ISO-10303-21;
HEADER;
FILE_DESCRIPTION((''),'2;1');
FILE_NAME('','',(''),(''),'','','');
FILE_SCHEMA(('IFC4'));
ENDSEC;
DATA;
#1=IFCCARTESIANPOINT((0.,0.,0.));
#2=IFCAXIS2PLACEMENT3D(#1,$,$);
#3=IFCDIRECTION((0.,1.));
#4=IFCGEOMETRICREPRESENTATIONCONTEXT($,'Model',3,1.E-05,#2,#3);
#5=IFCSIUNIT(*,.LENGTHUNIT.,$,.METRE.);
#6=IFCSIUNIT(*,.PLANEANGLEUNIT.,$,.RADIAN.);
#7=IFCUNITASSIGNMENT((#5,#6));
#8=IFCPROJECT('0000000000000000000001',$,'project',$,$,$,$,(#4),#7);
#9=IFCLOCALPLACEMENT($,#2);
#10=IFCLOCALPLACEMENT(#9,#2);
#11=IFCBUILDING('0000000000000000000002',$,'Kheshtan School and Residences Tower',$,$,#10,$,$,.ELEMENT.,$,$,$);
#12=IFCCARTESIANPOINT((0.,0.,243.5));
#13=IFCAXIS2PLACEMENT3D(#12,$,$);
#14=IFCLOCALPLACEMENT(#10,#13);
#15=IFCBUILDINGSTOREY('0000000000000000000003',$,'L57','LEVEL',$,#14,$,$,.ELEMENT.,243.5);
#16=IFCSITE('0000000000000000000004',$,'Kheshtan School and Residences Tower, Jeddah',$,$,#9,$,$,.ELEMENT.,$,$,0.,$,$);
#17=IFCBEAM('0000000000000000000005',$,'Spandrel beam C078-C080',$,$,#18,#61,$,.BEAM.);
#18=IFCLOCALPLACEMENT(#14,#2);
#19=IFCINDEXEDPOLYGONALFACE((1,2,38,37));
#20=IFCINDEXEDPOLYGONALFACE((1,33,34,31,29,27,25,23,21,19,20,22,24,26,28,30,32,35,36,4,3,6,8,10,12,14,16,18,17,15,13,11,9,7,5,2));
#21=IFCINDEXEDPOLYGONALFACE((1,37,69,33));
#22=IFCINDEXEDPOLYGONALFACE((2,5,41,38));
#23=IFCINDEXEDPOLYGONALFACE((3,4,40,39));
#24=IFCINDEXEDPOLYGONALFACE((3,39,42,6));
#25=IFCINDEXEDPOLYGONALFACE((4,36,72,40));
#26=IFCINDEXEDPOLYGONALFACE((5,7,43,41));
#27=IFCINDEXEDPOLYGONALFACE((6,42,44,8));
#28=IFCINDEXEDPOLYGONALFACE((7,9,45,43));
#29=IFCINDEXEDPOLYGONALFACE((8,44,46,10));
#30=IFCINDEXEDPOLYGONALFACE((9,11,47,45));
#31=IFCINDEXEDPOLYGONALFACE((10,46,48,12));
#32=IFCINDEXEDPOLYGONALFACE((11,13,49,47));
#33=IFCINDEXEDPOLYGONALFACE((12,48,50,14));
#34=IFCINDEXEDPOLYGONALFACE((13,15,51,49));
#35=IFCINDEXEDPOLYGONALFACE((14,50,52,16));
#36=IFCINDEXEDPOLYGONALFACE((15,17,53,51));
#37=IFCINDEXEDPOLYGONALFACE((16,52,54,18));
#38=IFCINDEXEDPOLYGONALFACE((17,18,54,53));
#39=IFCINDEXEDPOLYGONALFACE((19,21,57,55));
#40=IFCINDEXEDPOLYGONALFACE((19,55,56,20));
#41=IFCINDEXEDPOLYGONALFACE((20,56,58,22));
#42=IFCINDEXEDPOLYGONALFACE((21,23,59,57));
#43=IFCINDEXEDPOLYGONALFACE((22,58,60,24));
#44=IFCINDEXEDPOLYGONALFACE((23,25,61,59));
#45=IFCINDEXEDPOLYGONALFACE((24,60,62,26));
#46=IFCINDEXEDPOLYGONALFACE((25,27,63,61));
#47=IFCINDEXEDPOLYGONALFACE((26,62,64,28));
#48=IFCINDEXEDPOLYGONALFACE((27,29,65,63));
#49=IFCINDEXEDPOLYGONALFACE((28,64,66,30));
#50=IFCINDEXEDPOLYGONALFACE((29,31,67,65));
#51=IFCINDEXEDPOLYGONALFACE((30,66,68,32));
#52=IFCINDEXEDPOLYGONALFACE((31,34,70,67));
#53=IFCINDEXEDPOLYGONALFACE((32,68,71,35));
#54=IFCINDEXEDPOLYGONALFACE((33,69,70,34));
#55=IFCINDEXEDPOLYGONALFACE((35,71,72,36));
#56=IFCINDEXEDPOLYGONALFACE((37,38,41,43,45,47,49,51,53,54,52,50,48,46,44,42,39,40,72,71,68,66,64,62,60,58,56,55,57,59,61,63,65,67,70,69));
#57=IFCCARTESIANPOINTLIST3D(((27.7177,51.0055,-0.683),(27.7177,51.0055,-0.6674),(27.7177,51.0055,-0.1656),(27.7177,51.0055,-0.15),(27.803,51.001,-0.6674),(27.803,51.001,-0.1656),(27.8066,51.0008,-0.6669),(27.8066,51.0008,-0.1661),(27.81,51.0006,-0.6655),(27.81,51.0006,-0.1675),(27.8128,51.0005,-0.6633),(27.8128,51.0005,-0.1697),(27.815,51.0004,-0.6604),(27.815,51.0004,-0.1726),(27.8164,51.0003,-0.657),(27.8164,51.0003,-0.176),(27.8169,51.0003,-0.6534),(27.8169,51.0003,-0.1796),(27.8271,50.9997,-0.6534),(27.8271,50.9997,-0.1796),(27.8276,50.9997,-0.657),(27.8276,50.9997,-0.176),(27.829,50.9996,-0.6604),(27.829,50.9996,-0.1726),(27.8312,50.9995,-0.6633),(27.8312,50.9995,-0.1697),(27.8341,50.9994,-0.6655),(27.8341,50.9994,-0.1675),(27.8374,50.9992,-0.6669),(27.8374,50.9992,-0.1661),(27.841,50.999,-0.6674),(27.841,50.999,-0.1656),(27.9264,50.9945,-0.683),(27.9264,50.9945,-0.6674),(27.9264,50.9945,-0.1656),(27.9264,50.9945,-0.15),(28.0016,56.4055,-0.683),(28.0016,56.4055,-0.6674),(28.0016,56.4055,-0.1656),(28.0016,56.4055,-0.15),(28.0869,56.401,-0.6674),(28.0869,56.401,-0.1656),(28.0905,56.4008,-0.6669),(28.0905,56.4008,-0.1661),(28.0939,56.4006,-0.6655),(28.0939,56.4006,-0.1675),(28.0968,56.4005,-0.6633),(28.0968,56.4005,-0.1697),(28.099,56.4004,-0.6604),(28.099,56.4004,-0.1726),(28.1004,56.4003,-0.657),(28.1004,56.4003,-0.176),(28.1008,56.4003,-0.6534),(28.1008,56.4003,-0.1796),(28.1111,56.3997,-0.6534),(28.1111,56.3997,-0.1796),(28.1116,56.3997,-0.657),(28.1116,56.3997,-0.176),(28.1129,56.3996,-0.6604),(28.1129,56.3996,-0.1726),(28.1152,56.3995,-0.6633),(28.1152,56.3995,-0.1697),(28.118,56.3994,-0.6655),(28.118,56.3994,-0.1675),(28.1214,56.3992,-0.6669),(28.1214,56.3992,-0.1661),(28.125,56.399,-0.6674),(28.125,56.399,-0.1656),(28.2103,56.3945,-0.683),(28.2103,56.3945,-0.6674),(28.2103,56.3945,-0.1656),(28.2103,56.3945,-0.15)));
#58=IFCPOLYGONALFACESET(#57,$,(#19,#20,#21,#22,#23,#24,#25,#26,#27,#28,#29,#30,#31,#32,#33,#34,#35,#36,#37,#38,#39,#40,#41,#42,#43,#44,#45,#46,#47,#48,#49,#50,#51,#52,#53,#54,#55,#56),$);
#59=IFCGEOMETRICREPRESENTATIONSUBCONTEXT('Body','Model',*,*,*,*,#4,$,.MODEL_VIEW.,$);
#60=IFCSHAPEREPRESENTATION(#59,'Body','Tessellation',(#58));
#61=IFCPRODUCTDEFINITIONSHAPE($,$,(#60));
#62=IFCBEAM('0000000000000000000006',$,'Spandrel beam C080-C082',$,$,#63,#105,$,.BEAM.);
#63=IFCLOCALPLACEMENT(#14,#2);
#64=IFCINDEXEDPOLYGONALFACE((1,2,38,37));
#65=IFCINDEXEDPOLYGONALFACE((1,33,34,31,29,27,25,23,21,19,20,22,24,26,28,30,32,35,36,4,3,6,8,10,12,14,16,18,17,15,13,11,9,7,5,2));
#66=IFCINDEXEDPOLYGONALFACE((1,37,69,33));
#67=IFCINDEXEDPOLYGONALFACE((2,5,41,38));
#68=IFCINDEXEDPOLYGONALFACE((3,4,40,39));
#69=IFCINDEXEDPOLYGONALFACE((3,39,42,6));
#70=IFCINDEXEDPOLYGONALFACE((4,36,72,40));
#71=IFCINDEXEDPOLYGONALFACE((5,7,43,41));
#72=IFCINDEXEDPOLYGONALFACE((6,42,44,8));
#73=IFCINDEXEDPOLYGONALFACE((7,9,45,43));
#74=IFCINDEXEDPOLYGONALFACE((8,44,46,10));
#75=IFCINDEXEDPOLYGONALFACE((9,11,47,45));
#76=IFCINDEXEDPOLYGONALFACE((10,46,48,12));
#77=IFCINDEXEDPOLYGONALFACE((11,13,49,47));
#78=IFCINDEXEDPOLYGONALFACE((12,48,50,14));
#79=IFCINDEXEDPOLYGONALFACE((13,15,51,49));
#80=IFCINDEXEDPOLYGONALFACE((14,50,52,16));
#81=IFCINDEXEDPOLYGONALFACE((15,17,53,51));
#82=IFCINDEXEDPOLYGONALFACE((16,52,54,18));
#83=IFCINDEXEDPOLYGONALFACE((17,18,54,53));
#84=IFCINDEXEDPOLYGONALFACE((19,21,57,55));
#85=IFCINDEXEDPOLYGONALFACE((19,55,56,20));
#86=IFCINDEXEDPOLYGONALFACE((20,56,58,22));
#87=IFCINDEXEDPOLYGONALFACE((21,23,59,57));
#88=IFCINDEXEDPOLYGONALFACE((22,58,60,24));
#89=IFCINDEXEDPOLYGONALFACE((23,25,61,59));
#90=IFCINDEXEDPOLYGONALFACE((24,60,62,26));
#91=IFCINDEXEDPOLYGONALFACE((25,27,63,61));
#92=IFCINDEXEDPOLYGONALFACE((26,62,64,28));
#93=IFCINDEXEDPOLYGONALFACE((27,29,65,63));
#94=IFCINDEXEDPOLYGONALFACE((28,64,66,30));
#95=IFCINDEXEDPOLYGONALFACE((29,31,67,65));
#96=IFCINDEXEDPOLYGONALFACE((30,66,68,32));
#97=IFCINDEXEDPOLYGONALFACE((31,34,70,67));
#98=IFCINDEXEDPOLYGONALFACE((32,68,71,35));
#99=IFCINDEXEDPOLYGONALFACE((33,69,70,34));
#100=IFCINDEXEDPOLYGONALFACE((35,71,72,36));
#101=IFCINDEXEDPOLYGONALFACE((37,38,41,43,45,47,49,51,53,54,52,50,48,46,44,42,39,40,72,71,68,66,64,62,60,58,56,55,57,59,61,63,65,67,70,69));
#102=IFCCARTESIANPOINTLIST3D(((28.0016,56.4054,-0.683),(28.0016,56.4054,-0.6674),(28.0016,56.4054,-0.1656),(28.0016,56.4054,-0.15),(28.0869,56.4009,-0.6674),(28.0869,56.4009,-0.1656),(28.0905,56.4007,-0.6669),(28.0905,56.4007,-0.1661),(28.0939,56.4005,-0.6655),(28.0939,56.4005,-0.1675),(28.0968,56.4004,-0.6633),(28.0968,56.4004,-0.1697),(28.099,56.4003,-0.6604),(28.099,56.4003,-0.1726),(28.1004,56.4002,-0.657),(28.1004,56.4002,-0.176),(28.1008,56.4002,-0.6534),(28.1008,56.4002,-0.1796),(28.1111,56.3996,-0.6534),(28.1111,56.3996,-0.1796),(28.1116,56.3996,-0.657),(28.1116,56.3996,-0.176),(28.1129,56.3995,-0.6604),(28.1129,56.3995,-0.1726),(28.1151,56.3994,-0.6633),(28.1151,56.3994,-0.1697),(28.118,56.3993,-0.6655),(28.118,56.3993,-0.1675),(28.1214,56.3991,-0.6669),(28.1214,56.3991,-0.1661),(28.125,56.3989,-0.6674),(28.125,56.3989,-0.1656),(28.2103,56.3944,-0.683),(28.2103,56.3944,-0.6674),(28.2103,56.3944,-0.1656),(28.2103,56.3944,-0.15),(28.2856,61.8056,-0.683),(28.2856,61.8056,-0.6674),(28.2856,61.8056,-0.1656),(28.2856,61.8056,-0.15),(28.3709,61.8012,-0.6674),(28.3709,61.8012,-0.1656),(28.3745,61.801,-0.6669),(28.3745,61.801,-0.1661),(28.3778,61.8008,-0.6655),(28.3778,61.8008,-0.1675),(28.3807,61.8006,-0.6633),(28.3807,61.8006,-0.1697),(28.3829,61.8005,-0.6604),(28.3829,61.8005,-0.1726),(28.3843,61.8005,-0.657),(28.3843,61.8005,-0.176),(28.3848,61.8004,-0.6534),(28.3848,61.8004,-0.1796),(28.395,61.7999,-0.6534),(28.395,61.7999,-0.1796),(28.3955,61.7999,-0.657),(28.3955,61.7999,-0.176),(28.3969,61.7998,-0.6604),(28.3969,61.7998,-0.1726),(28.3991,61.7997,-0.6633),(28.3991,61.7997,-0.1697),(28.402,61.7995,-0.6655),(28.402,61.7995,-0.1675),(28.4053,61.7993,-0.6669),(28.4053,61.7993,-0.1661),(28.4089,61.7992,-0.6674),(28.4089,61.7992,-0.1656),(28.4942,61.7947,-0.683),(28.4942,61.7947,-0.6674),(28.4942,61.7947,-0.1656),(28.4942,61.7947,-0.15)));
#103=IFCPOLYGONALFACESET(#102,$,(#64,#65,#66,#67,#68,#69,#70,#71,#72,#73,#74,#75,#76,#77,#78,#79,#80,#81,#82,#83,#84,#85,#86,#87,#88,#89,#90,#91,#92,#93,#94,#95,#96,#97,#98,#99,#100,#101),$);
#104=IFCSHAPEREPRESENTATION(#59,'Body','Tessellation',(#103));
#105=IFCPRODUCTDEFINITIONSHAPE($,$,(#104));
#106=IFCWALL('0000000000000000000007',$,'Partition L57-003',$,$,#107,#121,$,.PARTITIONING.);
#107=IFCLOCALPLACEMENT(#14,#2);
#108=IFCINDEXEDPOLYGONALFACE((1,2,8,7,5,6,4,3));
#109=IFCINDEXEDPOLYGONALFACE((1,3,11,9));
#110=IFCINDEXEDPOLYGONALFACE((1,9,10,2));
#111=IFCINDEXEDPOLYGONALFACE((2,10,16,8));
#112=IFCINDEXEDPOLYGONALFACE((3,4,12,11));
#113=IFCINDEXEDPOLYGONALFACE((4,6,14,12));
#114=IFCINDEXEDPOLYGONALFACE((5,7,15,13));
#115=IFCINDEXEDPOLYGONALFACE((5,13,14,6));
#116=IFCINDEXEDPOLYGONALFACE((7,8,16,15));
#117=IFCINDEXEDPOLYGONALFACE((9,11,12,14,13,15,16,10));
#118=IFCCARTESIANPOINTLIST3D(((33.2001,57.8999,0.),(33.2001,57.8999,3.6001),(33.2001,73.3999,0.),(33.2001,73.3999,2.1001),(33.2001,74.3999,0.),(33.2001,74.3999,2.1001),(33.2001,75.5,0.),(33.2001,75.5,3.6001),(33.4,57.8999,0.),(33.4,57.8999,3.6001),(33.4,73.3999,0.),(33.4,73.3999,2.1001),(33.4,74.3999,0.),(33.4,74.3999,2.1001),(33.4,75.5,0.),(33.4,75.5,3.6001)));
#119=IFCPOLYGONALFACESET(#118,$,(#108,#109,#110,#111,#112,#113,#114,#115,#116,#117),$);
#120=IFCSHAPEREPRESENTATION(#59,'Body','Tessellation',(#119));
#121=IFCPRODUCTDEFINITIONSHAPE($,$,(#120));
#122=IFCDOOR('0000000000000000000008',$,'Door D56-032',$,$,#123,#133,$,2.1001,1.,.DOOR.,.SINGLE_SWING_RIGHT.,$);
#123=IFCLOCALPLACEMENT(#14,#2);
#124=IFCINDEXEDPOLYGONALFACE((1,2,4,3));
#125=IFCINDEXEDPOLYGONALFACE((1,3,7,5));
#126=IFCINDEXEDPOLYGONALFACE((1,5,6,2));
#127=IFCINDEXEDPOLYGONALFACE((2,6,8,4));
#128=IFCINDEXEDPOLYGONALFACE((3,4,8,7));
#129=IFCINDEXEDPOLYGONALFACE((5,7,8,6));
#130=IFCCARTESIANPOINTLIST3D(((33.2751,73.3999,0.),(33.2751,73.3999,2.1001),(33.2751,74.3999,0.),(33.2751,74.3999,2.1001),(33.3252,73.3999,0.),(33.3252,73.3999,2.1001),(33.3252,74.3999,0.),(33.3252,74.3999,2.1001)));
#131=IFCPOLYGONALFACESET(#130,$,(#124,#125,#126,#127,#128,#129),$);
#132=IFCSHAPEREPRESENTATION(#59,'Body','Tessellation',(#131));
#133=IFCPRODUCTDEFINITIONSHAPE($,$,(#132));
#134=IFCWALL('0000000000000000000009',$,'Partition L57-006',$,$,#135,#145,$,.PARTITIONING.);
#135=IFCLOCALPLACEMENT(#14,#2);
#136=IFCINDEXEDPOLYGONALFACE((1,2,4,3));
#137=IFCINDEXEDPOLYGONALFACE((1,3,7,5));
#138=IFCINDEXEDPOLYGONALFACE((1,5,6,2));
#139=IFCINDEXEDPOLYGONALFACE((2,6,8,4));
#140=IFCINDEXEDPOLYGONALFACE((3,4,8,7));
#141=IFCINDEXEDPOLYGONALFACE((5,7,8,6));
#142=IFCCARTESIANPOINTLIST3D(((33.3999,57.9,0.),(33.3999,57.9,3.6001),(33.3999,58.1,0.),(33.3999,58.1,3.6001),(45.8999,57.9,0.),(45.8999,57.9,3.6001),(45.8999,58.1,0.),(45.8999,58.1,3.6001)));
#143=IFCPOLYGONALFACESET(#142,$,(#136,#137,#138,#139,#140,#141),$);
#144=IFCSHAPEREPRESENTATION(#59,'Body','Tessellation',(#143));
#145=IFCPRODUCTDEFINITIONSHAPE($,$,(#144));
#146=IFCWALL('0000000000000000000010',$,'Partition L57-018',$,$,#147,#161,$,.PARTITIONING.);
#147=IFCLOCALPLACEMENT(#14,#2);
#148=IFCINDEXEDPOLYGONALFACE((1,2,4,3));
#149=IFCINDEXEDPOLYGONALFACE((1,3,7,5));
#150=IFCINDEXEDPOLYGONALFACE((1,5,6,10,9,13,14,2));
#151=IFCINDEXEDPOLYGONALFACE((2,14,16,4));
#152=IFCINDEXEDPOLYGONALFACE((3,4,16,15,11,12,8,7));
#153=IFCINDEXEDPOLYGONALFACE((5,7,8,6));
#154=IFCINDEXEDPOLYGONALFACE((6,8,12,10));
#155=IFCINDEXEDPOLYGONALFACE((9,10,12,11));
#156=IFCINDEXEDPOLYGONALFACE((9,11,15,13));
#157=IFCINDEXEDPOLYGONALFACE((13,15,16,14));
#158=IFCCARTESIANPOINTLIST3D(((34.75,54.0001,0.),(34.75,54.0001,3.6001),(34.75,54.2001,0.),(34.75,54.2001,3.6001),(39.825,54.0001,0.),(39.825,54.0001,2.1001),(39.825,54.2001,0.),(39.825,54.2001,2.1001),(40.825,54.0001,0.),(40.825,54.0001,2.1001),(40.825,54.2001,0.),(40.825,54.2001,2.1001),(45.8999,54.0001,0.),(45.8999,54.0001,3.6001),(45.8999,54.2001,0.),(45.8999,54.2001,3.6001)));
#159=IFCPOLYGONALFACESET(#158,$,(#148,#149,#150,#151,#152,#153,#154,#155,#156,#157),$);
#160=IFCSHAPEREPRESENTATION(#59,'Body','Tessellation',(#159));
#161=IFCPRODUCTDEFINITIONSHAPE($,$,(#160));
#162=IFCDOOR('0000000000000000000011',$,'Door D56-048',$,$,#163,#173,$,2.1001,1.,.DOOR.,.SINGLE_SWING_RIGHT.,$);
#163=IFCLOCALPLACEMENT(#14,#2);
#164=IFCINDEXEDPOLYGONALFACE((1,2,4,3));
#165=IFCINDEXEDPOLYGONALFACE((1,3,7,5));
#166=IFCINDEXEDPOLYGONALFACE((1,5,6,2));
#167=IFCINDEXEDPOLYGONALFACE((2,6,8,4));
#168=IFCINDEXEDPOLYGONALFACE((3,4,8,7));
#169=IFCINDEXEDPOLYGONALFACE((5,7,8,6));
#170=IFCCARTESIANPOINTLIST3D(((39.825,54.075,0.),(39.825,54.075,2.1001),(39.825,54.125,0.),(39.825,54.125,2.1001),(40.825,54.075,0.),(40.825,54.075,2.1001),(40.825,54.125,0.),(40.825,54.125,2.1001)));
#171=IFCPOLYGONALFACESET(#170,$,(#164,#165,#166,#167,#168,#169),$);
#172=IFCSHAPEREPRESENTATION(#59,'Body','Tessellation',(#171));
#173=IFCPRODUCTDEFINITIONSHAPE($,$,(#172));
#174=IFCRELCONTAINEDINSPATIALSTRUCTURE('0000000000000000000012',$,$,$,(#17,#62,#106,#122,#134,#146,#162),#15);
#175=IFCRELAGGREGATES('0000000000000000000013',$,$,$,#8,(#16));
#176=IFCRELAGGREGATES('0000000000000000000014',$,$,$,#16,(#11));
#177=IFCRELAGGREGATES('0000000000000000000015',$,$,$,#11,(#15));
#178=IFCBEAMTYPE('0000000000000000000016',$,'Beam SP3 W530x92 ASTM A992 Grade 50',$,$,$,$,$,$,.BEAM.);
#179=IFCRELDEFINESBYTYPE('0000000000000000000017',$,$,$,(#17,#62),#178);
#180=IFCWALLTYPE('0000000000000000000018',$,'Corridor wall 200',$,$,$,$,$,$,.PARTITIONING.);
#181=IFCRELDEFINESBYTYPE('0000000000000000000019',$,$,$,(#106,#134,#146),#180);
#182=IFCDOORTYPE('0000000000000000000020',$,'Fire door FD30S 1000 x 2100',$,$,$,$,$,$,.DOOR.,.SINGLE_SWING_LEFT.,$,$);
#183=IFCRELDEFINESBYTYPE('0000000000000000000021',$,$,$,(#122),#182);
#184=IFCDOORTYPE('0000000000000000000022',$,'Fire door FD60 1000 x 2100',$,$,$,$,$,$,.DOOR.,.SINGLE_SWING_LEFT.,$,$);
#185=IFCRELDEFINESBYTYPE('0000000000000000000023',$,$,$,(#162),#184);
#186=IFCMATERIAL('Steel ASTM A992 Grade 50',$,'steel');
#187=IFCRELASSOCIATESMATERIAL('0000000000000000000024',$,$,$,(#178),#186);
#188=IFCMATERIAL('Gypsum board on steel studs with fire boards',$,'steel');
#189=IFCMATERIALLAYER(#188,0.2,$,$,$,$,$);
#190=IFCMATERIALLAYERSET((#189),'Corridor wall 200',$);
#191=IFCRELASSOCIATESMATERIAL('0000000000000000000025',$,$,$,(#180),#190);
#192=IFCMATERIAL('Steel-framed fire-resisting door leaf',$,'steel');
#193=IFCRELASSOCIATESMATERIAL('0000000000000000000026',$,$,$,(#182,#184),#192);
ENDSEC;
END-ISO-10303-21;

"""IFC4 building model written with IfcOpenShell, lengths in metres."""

from ifc_helpers import new_model, si_unit, direction, frame, frame_2d, origin, origin_2d, place, context, subcontext, project, spatial, rectangle, i_section, extrude, source, transform, mapped, material, layer, layer_set, material_profile, profile_set, type_object, element, fill, save


model = new_model("IFC4")

# Units and contexts
model_context = context("Model", 3, precision=1e-05, world=origin(), true_north=direction((0.0, 1.0)))
body_context = subcontext(model_context, "Body", "Model", "MODEL_VIEW")
ifc_project = project(units=[si_unit("LENGTHUNIT", "METRE"), si_unit("PLANEANGLEUNIT", "RADIAN")], contexts=[model_context])

# Site, building, storey
site_placement = place(None, origin())
site = spatial("IfcSite", under=ifc_project, at=site_placement, Name="Kheshtan School and Residences Tower, Jeddah", CompositionType="ELEMENT", RefElevation=0.0)
building_placement = place(site_placement, origin())
building = spatial("IfcBuilding", under=site, at=building_placement, Name="Kheshtan School and Residences Tower", CompositionType="ELEMENT")
storey_placement = place(building_placement, frame((0.0, 0.0, 243.5)))
storey = spatial("IfcBuildingStorey", under=building, at=storey_placement, Name="L57", Description="LEVEL", CompositionType="ELEMENT", Elevation=243.5)

# Shared definitions
ifc_material_1 = material(Name="Steel ASTM A992 Grade 50", Category="steel")

# Beams
ifc_material_profile_1 = material_profile(ifc_material_1, i_section(OverallWidth=0.209, OverallDepth=0.533, WebThickness=0.0103, FlangeThickness=0.0156, FilletRadius=0.0139, at=origin_2d()), Name="W530x92")
ifc_profile_set_1 = profile_set([ifc_material_profile_1], Name="Steel ASTM A992 Grade 50")
beam_type = type_object("IfcBeamType", Name="Beam SP3 W530x92 ASTM A992 Grade 50", PredefinedType="BEAM", material=ifc_profile_set_1)
for number, where, z_axis, x_axis, name in (
    (1, (27.822, 51.0, -0.4165), (0.052509, 0.99862, 0.0), (-0.99862, 0.052509, 0.0), "Spandrel beam C078-C080"),
):
    element("IfcBeam", number, at=place(storey_placement, frame(where, z_axis=z_axis, x_axis=x_axis)), inside=storey, type_object=beam_type, Name=name, PredefinedType="BEAM", context=body_context, shape_type="SweptSolid", body=[
        extrude(i_section(OverallWidth=0.209, OverallDepth=0.533, WebThickness=0.0103, FlangeThickness=0.0156, FilletRadius=0.0139, at=origin_2d()), origin(), (0.0, 0.0, 1.0), 5.4075),
    ])
beam_placement = place(storey_placement, frame((28.106, 56.3999, -0.4165), z_axis=(0.052507, 0.998621, 0.0), x_axis=(-0.998621, 0.052507, 0.0)))
element("IfcBeam", 2, at=beam_placement, inside=storey, type_object=beam_type, Name="Spandrel beam C080-C082", PredefinedType="BEAM", context=body_context, shape_type="SweptSolid", body=[
    extrude(i_section(OverallWidth=0.209, OverallDepth=0.533, WebThickness=0.0103, FlangeThickness=0.0156, FilletRadius=0.0139, at=origin_2d()), origin(), (0.0, 0.0, 1.0), 5.4077),
])

# Wall, opening, door
ifc_material_2 = material(Name="Gypsum board on steel studs with fire boards", Category="steel")
ifc_layer_1 = layer(ifc_material_2, 0.2)
ifc_layer_set_1 = layer_set([ifc_layer_1], Name="Corridor wall 200")
wall_type_1 = type_object("IfcWallType", Name="Corridor wall 200", PredefinedType="PARTITIONING", material=ifc_layer_set_1)
wall_1_placement = place(storey_placement, frame((33.3, 57.8999, 0.0), z_axis=(0.0, 0.0, 1.0), x_axis=(0.0, 1.0, 0.0)))
wall_1 = element("IfcWall", 3, at=wall_1_placement, inside=storey, type_object=wall_type_1, Name="Partition L57-003", PredefinedType="PARTITIONING", context=body_context, shape_type="SweptSolid", body=[
    extrude(rectangle(XDim=17.6001, YDim=0.2, at=frame_2d((8.8, 0.0))), origin(), (0.0, 0.0, 1.0), 3.6001),
])
opening_1_placement = place(wall_1_placement, frame((15.5, 0.0, 0.0)))
opening_1 = element("IfcOpeningElement", 4, at=opening_1_placement, cuts=wall_1, PredefinedType="OPENING", context=body_context, shape_type="SweptSolid", body=[
    extrude(rectangle(XDim=1.0, YDim=2.1001, at=frame_2d((0.5, 1.05))), frame((0.0, 0.1099, 0.0), z_axis=(0.0, -1.0, 0.0), x_axis=(1.0, 0.0, 0.0)), (0.0, 0.0, 1.0), 0.22),
])
ifc_material_3 = material(Name="Steel-framed fire-resisting door leaf", Category="steel")
door_type_1 = type_object("IfcDoorType", Name="Fire door FD30S 1000 x 2100", OperationType="SINGLE_SWING_LEFT", PredefinedType="DOOR", material=ifc_material_3)
shared_shape_1 = source(origin(), body_context, "Body", "SweptSolid", [
    extrude(rectangle(XDim=1.0, YDim=2.1001, at=frame_2d((0.5, 1.05))), frame((0.0, 0.0249, 0.0), z_axis=(0.0, -1.0, 0.0), x_axis=(1.0, 0.0, 0.0)), (0.0, 0.0, 1.0), 0.05),
])
door_1_placement = place(opening_1_placement, origin())
door_1 = element("IfcDoor", 5, at=door_1_placement, inside=storey, type_object=door_type_1, Name="Door D56-032", OperationType="SINGLE_SWING_RIGHT", OverallHeight=2.1001, OverallWidth=1.0, PredefinedType="DOOR", context=body_context, shape_type="MappedRepresentation", body=[
    mapped(shared_shape_1, transform((0.0, 0.0, 0.0), x_axis=(1.0, 0.0, 0.0), y_axis=(0.0, 1.0, 0.0), z_axis=(0.0, 0.0, 1.0), scale=1.0)),
])
fill(opening_1, door_1)

# Wall
wall_2_placement = place(storey_placement, frame((33.3999, 58.0, 0.0), z_axis=(0.0, 0.0, 1.0), x_axis=(1.0, 0.0, 0.0)))
element("IfcWall", 6, at=wall_2_placement, inside=storey, type_object=wall_type_1, Name="Partition L57-006", PredefinedType="PARTITIONING", context=body_context, shape_type="SweptSolid", body=[
    extrude(rectangle(XDim=12.5, YDim=0.2, at=frame_2d((6.25, 0.0))), origin(), (0.0, 0.0, 1.0), 3.6001),
])

# Wall, opening, door
wall_3_placement = place(storey_placement, frame((34.75, 54.1001, 0.0), z_axis=(0.0, 0.0, 1.0), x_axis=(1.0, 0.0, 0.0)))
wall_3 = element("IfcWall", 7, at=wall_3_placement, inside=storey, type_object=wall_type_1, Name="Partition L57-018", PredefinedType="PARTITIONING", context=body_context, shape_type="SweptSolid", body=[
    extrude(rectangle(XDim=11.1499, YDim=0.2, at=frame_2d((5.575, 0.0))), origin(), (0.0, 0.0, 1.0), 3.6001),
])
opening_2_placement = place(wall_3_placement, frame((5.075, 0.0, 0.0)))
opening_2 = element("IfcOpeningElement", 8, at=opening_2_placement, cuts=wall_3, PredefinedType="OPENING", context=body_context, shape_type="SweptSolid", body=[
    extrude(rectangle(XDim=1.0, YDim=2.1001, at=frame_2d((0.5, 1.05))), frame((0.0, 0.1099, 0.0), z_axis=(0.0, -1.0, 0.0), x_axis=(1.0, 0.0, 0.0)), (0.0, 0.0, 1.0), 0.22),
])
door_type_2 = type_object("IfcDoorType", Name="Fire door FD60 1000 x 2100", OperationType="SINGLE_SWING_LEFT", PredefinedType="DOOR", material=ifc_material_3)
shared_shape_2 = source(origin(), body_context, "Body", "SweptSolid", [
    extrude(rectangle(XDim=1.0, YDim=2.1001, at=frame_2d((0.5, 1.05))), frame((0.0, 0.0249, 0.0), z_axis=(0.0, -1.0, 0.0), x_axis=(1.0, 0.0, 0.0)), (0.0, 0.0, 1.0), 0.05),
])
door_2_placement = place(opening_2_placement, origin())
door_2 = element("IfcDoor", 9, at=door_2_placement, inside=storey, type_object=door_type_2, Name="Door D56-048", OperationType="SINGLE_SWING_RIGHT", OverallHeight=2.1001, OverallWidth=1.0, PredefinedType="DOOR", context=body_context, shape_type="MappedRepresentation", body=[
    mapped(shared_shape_2, transform((0.0, 0.0, 0.0), x_axis=(1.0, 0.0, 0.0), y_axis=(0.0, 1.0, 0.0), z_axis=(0.0, 0.0, 1.0), scale=1.0)),
])
fill(opening_2, door_2)

save(model, "model.ifc")
